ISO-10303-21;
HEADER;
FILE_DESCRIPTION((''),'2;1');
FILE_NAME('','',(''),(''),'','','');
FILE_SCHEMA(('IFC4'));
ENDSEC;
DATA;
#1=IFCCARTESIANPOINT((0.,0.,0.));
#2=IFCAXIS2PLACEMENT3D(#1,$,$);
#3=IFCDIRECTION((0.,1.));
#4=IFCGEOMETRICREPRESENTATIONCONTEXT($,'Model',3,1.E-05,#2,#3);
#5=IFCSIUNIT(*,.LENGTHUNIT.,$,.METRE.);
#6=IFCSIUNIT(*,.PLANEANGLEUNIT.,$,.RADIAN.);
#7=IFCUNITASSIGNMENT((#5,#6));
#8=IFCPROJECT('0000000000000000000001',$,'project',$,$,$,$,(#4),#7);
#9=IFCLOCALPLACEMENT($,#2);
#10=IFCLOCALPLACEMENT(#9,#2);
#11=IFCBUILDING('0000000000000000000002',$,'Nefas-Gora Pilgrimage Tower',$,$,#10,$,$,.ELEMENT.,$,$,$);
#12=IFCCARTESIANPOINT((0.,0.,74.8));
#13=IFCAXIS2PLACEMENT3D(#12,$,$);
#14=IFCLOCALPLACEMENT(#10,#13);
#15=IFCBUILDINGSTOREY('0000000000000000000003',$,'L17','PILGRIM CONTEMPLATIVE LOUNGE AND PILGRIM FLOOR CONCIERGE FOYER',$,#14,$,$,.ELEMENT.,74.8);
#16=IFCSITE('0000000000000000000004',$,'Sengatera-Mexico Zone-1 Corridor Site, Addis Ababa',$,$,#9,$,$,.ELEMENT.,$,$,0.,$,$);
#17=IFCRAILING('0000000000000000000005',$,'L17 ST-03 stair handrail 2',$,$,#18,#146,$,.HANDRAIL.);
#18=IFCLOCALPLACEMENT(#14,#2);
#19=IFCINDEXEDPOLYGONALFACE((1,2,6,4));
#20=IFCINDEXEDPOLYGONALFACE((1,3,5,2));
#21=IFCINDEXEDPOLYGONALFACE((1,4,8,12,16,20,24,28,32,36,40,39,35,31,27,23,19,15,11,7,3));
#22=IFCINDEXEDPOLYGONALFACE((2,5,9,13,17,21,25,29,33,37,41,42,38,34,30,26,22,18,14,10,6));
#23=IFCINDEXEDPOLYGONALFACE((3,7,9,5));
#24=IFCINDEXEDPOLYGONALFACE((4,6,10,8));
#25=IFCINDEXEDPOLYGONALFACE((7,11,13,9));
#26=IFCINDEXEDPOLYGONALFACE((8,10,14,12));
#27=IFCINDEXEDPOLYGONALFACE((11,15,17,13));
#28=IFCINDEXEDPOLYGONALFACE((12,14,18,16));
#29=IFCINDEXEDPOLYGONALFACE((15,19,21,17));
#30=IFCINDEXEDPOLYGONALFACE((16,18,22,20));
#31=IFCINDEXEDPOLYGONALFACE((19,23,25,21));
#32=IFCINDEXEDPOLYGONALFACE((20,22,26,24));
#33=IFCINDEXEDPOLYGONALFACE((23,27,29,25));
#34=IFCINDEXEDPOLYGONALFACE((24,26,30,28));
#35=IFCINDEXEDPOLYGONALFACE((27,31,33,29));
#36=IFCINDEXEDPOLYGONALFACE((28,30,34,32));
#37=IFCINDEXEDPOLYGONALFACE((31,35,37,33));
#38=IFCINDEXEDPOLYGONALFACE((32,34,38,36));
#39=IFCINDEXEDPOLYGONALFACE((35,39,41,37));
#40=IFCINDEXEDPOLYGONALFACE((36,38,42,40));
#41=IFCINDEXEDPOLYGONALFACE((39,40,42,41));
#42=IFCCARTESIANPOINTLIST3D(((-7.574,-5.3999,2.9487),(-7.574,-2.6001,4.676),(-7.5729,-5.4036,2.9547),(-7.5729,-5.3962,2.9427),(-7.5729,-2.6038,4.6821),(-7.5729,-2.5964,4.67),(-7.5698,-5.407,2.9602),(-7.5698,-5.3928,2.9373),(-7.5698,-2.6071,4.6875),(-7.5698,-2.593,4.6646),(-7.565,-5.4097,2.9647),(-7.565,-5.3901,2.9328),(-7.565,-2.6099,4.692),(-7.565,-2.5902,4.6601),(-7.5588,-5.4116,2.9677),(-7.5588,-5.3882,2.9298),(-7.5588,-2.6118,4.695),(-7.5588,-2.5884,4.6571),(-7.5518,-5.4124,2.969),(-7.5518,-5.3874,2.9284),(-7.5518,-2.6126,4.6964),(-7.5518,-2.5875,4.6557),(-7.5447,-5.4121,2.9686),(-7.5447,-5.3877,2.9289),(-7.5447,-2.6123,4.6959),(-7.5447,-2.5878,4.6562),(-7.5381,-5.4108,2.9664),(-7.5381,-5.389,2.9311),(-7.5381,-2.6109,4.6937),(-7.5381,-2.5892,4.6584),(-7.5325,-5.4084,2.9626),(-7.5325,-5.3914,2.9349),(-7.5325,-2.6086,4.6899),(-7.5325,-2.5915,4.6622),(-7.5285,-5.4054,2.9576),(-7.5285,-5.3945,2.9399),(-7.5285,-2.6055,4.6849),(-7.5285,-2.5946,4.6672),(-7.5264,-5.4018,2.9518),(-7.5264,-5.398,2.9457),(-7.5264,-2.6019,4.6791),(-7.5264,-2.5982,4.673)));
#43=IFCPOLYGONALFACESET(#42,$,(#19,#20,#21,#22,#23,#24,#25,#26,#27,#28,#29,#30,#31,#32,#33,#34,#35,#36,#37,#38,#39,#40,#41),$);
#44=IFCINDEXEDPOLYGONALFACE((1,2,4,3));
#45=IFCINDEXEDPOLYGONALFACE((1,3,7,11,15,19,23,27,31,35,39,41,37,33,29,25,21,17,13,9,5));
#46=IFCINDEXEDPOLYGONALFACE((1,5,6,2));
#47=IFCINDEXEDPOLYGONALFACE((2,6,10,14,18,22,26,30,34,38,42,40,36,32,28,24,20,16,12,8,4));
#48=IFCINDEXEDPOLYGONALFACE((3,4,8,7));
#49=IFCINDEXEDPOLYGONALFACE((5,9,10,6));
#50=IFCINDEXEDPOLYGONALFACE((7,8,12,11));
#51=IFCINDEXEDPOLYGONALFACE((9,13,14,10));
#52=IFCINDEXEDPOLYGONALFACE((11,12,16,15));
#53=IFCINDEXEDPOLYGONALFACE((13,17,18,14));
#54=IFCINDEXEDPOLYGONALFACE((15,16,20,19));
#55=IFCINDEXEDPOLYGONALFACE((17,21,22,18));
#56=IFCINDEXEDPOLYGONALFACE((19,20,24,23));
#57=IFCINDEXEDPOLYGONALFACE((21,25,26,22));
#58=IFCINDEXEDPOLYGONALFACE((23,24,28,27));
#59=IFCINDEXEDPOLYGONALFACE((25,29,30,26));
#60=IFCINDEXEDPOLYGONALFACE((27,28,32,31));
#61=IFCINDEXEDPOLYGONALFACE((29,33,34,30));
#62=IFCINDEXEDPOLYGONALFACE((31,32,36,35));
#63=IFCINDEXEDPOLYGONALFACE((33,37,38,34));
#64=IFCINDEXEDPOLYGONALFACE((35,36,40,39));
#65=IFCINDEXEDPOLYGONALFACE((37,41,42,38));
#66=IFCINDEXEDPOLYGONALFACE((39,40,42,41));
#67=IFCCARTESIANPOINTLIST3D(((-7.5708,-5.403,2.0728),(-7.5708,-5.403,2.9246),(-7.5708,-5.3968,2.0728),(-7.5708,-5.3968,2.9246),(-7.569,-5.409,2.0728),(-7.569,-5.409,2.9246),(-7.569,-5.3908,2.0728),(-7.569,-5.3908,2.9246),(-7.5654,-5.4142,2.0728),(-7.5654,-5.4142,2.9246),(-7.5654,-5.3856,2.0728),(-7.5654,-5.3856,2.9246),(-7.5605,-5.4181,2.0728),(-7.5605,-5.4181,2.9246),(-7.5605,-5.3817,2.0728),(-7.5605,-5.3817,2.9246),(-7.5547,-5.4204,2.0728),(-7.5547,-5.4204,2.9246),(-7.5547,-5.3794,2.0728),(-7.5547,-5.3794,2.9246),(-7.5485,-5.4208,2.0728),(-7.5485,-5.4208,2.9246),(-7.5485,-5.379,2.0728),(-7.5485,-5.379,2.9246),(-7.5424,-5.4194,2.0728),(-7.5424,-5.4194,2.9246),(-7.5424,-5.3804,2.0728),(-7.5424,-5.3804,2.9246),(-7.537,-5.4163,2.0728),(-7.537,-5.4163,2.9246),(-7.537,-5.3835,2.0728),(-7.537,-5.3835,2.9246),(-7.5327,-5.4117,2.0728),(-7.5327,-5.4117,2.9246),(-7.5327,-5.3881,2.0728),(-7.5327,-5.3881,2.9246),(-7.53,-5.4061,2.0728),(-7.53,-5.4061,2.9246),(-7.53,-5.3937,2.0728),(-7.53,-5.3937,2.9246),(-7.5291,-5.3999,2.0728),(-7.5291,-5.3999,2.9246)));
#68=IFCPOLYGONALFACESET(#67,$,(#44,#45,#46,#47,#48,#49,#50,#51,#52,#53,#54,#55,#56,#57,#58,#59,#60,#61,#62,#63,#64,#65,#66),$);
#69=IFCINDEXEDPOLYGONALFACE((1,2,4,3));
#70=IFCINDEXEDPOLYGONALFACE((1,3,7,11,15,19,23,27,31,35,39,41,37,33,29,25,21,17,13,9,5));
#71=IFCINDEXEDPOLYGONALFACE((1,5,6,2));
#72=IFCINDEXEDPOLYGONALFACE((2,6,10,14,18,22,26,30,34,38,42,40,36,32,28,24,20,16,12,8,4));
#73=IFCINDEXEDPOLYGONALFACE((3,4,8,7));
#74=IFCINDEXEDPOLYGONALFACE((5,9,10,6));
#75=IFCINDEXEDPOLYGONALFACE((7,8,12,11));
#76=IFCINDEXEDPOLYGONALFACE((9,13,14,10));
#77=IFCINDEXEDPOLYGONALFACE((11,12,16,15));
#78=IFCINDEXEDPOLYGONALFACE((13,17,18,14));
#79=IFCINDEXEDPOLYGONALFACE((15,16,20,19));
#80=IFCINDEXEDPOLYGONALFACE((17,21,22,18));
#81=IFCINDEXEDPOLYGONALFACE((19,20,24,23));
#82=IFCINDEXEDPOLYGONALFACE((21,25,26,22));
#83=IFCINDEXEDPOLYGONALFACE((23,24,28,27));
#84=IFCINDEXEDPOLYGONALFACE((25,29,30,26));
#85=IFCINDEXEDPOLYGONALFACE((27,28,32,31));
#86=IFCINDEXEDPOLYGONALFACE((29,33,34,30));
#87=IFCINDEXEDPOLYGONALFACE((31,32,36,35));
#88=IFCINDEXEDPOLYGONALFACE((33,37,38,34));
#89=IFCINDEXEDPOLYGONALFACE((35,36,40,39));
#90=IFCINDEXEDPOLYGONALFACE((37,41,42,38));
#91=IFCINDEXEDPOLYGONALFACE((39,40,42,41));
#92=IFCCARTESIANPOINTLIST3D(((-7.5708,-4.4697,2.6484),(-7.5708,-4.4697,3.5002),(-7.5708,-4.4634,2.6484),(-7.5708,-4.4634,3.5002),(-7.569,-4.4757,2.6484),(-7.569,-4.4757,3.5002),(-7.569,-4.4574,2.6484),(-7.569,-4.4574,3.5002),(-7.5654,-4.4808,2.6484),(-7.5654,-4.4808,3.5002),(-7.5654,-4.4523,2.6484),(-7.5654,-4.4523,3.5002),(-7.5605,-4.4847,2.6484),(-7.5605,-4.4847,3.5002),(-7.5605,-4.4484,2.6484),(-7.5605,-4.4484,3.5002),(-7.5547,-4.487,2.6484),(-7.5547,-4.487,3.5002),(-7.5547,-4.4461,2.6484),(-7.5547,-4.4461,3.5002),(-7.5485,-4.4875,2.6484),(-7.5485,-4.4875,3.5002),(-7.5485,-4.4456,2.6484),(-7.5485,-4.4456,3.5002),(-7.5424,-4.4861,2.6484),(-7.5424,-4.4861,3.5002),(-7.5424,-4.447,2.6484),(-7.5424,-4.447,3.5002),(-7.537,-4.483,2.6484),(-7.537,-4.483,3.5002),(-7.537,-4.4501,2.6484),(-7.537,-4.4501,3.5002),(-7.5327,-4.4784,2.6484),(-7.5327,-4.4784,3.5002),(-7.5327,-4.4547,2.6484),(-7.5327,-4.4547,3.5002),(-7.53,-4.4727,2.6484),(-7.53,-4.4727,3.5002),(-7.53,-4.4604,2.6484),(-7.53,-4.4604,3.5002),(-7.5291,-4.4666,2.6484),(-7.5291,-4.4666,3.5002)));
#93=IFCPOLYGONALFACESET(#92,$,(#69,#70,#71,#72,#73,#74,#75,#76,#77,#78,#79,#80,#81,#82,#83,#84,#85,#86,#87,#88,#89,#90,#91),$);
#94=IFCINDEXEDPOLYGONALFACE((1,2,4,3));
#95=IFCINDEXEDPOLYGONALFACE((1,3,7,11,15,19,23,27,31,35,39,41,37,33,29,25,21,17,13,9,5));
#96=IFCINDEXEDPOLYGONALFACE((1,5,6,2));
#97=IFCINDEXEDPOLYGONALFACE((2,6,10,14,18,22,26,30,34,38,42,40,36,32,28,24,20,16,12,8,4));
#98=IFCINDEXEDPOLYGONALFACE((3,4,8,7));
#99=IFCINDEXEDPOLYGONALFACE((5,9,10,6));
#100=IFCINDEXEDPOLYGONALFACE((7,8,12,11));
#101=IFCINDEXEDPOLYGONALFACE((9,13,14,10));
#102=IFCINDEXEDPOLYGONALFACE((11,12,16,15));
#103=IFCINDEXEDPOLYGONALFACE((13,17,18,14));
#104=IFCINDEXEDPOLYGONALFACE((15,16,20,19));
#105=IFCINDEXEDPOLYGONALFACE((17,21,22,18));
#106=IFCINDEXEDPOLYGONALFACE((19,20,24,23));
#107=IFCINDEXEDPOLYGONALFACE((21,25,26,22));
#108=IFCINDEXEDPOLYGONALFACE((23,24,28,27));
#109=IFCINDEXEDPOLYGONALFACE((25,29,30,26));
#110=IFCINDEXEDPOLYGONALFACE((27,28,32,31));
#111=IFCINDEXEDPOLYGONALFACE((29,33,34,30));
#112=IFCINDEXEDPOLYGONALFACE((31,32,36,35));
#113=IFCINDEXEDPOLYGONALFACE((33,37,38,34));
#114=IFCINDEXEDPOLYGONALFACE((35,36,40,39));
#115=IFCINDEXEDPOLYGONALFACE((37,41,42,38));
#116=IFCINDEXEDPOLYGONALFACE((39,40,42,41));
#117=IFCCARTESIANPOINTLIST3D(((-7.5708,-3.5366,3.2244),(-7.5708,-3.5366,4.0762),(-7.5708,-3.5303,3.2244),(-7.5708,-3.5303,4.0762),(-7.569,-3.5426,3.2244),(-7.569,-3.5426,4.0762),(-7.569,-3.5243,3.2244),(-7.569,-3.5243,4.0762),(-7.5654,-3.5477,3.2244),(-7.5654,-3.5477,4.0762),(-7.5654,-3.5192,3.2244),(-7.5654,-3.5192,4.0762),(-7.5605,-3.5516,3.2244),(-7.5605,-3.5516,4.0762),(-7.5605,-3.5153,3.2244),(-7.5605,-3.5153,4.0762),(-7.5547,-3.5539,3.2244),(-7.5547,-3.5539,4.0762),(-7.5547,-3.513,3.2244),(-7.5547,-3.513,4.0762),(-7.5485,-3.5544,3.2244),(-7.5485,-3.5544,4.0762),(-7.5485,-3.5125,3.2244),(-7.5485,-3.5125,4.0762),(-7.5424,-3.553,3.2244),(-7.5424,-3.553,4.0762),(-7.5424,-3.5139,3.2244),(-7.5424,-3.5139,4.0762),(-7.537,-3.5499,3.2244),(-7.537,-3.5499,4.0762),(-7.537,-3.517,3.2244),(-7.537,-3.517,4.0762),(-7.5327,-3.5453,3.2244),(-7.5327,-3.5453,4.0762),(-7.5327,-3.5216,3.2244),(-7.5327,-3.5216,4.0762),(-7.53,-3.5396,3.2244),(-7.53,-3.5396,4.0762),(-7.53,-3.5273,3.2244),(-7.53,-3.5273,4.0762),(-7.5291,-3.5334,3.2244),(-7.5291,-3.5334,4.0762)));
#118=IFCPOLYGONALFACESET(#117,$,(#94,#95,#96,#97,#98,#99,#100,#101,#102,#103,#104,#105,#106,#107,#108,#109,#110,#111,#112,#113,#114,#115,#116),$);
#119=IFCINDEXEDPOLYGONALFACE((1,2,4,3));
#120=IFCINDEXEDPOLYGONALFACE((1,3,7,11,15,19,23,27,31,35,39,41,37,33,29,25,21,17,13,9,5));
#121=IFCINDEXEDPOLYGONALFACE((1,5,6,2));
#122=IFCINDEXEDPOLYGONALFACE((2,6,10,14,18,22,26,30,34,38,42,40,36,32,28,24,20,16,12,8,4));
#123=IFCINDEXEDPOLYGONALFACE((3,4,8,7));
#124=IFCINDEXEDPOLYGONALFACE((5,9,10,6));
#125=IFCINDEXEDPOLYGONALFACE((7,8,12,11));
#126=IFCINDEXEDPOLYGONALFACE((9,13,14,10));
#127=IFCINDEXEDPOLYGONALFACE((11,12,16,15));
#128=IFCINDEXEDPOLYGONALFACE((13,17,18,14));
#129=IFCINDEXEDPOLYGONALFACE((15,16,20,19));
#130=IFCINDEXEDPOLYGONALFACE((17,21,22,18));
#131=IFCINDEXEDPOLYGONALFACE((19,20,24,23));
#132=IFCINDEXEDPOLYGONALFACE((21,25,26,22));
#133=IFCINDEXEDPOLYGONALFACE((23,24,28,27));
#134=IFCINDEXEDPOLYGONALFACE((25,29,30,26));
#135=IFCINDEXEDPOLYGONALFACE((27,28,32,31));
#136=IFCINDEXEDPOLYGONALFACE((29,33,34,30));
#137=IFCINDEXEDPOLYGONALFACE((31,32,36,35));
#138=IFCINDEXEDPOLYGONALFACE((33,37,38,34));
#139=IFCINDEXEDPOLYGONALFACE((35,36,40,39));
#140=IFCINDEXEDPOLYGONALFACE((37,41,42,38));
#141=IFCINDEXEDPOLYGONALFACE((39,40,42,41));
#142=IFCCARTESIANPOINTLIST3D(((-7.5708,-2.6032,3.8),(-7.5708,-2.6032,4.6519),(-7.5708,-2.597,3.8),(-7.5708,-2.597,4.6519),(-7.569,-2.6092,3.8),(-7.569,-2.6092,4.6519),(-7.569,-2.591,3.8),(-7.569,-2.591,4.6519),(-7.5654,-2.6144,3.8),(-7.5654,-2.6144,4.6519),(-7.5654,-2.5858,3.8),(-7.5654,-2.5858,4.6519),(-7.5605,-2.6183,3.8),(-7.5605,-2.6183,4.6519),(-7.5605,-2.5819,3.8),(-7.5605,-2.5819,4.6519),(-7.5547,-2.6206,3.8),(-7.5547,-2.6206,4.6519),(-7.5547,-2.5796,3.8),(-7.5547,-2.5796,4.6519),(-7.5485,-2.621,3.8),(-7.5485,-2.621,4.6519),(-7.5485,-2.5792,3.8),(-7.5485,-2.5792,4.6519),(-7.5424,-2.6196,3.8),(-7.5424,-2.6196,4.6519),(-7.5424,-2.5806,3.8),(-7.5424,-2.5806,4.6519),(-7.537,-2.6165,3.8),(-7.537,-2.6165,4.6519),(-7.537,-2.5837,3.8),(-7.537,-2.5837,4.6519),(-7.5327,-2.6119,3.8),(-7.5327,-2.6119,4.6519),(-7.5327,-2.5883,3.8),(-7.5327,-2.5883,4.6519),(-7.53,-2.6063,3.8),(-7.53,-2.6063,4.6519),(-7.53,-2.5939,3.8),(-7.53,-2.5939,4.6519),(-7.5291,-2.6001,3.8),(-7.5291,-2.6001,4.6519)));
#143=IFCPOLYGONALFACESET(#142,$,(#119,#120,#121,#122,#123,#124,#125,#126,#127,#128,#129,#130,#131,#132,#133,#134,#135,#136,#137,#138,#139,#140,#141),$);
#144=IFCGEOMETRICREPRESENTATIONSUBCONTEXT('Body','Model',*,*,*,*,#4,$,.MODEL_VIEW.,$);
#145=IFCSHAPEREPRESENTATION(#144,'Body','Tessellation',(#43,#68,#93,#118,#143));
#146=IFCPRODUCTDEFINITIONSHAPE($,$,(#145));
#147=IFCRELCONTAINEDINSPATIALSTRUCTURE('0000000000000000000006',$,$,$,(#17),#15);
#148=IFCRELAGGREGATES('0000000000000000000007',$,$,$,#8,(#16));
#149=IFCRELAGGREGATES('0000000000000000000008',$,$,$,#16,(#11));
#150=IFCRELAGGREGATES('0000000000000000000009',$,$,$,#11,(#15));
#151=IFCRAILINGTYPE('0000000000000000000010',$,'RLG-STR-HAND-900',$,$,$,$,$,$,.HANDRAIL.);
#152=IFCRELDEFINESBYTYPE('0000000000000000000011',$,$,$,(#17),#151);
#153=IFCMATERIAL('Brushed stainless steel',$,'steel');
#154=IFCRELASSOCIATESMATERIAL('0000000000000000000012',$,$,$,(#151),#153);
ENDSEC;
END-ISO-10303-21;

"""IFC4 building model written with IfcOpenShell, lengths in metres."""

from ifc_helpers import new_model, si_unit, direction, frame, origin, origin_2d, place, context, subcontext, project, spatial, circle, extrude, material, type_object, element, save


model = new_model("IFC4")

# Units and contexts
model_context = context("Model", 3, precision=1e-05, world=origin(), true_north=direction((0.0, 1.0)))
body_context = subcontext(model_context, "Body", "Model", "MODEL_VIEW")
ifc_project = project(units=[si_unit("LENGTHUNIT", "METRE"), si_unit("PLANEANGLEUNIT", "RADIAN")], contexts=[model_context])

# Site, building, storey
site_placement = place(None, origin())
site = spatial("IfcSite", under=ifc_project, at=site_placement, Name="Sengatera-Mexico Zone-1 Corridor Site, Addis Ababa", CompositionType="ELEMENT", RefElevation=0.0)
building_placement = place(site_placement, origin())
building = spatial("IfcBuilding", under=site, at=building_placement, Name="Nefas-Gora Pilgrimage Tower", CompositionType="ELEMENT")
storey_placement = place(building_placement, frame((0.0, 0.0, 74.8)))
storey = spatial("IfcBuildingStorey", under=building, at=storey_placement, Name="L17", Description="PILGRIM CONTEMPLATIVE LOUNGE AND PILGRIM FLOOR CONCIERGE FOYER", CompositionType="ELEMENT", Elevation=74.8)

# Railing
ifc_material_1 = material(Name="Brushed stainless steel", Category="steel")
railing_type_1 = type_object("IfcRailingType", Name="RLG-STR-HAND-900", PredefinedType="HANDRAIL", material=ifc_material_1)
railing_1_placement = place(storey_placement, frame((-7.55, -5.3999, 2.0728)))
element("IfcRailing", 1, at=railing_1_placement, inside=storey, type_object=railing_type_1, Name="L17 ST-03 stair handrail 2", PredefinedType="HANDRAIL", context=body_context, shape_type="SweptSolid", body=[
    extrude(circle(Radius=0.0239, at=origin_2d()), frame((0.0, 0.0, 0.876), z_axis=(0.0, 0.851069, 0.525054), x_axis=(-1.0, 0.0, 0.0)), (0.0, 0.0, 1.0), 3.2898),
    extrude(circle(Radius=0.021, at=origin_2d()), origin(), (0.0, 0.0, 1.0), 0.8518),
    extrude(circle(Radius=0.021, at=origin_2d()), frame((0.0, 0.9333, 0.5757)), (0.0, 0.0, 1.0), 0.8518),
    extrude(circle(Radius=0.021, at=origin_2d()), frame((0.0, 1.8665, 1.1516)), (0.0, 0.0, 1.0), 0.8518),
    extrude(circle(Radius=0.021, at=origin_2d()), frame((0.0, 2.7998, 1.7273)), (0.0, 0.0, 1.0), 0.8518),
])

save(model, "model.ifc")
